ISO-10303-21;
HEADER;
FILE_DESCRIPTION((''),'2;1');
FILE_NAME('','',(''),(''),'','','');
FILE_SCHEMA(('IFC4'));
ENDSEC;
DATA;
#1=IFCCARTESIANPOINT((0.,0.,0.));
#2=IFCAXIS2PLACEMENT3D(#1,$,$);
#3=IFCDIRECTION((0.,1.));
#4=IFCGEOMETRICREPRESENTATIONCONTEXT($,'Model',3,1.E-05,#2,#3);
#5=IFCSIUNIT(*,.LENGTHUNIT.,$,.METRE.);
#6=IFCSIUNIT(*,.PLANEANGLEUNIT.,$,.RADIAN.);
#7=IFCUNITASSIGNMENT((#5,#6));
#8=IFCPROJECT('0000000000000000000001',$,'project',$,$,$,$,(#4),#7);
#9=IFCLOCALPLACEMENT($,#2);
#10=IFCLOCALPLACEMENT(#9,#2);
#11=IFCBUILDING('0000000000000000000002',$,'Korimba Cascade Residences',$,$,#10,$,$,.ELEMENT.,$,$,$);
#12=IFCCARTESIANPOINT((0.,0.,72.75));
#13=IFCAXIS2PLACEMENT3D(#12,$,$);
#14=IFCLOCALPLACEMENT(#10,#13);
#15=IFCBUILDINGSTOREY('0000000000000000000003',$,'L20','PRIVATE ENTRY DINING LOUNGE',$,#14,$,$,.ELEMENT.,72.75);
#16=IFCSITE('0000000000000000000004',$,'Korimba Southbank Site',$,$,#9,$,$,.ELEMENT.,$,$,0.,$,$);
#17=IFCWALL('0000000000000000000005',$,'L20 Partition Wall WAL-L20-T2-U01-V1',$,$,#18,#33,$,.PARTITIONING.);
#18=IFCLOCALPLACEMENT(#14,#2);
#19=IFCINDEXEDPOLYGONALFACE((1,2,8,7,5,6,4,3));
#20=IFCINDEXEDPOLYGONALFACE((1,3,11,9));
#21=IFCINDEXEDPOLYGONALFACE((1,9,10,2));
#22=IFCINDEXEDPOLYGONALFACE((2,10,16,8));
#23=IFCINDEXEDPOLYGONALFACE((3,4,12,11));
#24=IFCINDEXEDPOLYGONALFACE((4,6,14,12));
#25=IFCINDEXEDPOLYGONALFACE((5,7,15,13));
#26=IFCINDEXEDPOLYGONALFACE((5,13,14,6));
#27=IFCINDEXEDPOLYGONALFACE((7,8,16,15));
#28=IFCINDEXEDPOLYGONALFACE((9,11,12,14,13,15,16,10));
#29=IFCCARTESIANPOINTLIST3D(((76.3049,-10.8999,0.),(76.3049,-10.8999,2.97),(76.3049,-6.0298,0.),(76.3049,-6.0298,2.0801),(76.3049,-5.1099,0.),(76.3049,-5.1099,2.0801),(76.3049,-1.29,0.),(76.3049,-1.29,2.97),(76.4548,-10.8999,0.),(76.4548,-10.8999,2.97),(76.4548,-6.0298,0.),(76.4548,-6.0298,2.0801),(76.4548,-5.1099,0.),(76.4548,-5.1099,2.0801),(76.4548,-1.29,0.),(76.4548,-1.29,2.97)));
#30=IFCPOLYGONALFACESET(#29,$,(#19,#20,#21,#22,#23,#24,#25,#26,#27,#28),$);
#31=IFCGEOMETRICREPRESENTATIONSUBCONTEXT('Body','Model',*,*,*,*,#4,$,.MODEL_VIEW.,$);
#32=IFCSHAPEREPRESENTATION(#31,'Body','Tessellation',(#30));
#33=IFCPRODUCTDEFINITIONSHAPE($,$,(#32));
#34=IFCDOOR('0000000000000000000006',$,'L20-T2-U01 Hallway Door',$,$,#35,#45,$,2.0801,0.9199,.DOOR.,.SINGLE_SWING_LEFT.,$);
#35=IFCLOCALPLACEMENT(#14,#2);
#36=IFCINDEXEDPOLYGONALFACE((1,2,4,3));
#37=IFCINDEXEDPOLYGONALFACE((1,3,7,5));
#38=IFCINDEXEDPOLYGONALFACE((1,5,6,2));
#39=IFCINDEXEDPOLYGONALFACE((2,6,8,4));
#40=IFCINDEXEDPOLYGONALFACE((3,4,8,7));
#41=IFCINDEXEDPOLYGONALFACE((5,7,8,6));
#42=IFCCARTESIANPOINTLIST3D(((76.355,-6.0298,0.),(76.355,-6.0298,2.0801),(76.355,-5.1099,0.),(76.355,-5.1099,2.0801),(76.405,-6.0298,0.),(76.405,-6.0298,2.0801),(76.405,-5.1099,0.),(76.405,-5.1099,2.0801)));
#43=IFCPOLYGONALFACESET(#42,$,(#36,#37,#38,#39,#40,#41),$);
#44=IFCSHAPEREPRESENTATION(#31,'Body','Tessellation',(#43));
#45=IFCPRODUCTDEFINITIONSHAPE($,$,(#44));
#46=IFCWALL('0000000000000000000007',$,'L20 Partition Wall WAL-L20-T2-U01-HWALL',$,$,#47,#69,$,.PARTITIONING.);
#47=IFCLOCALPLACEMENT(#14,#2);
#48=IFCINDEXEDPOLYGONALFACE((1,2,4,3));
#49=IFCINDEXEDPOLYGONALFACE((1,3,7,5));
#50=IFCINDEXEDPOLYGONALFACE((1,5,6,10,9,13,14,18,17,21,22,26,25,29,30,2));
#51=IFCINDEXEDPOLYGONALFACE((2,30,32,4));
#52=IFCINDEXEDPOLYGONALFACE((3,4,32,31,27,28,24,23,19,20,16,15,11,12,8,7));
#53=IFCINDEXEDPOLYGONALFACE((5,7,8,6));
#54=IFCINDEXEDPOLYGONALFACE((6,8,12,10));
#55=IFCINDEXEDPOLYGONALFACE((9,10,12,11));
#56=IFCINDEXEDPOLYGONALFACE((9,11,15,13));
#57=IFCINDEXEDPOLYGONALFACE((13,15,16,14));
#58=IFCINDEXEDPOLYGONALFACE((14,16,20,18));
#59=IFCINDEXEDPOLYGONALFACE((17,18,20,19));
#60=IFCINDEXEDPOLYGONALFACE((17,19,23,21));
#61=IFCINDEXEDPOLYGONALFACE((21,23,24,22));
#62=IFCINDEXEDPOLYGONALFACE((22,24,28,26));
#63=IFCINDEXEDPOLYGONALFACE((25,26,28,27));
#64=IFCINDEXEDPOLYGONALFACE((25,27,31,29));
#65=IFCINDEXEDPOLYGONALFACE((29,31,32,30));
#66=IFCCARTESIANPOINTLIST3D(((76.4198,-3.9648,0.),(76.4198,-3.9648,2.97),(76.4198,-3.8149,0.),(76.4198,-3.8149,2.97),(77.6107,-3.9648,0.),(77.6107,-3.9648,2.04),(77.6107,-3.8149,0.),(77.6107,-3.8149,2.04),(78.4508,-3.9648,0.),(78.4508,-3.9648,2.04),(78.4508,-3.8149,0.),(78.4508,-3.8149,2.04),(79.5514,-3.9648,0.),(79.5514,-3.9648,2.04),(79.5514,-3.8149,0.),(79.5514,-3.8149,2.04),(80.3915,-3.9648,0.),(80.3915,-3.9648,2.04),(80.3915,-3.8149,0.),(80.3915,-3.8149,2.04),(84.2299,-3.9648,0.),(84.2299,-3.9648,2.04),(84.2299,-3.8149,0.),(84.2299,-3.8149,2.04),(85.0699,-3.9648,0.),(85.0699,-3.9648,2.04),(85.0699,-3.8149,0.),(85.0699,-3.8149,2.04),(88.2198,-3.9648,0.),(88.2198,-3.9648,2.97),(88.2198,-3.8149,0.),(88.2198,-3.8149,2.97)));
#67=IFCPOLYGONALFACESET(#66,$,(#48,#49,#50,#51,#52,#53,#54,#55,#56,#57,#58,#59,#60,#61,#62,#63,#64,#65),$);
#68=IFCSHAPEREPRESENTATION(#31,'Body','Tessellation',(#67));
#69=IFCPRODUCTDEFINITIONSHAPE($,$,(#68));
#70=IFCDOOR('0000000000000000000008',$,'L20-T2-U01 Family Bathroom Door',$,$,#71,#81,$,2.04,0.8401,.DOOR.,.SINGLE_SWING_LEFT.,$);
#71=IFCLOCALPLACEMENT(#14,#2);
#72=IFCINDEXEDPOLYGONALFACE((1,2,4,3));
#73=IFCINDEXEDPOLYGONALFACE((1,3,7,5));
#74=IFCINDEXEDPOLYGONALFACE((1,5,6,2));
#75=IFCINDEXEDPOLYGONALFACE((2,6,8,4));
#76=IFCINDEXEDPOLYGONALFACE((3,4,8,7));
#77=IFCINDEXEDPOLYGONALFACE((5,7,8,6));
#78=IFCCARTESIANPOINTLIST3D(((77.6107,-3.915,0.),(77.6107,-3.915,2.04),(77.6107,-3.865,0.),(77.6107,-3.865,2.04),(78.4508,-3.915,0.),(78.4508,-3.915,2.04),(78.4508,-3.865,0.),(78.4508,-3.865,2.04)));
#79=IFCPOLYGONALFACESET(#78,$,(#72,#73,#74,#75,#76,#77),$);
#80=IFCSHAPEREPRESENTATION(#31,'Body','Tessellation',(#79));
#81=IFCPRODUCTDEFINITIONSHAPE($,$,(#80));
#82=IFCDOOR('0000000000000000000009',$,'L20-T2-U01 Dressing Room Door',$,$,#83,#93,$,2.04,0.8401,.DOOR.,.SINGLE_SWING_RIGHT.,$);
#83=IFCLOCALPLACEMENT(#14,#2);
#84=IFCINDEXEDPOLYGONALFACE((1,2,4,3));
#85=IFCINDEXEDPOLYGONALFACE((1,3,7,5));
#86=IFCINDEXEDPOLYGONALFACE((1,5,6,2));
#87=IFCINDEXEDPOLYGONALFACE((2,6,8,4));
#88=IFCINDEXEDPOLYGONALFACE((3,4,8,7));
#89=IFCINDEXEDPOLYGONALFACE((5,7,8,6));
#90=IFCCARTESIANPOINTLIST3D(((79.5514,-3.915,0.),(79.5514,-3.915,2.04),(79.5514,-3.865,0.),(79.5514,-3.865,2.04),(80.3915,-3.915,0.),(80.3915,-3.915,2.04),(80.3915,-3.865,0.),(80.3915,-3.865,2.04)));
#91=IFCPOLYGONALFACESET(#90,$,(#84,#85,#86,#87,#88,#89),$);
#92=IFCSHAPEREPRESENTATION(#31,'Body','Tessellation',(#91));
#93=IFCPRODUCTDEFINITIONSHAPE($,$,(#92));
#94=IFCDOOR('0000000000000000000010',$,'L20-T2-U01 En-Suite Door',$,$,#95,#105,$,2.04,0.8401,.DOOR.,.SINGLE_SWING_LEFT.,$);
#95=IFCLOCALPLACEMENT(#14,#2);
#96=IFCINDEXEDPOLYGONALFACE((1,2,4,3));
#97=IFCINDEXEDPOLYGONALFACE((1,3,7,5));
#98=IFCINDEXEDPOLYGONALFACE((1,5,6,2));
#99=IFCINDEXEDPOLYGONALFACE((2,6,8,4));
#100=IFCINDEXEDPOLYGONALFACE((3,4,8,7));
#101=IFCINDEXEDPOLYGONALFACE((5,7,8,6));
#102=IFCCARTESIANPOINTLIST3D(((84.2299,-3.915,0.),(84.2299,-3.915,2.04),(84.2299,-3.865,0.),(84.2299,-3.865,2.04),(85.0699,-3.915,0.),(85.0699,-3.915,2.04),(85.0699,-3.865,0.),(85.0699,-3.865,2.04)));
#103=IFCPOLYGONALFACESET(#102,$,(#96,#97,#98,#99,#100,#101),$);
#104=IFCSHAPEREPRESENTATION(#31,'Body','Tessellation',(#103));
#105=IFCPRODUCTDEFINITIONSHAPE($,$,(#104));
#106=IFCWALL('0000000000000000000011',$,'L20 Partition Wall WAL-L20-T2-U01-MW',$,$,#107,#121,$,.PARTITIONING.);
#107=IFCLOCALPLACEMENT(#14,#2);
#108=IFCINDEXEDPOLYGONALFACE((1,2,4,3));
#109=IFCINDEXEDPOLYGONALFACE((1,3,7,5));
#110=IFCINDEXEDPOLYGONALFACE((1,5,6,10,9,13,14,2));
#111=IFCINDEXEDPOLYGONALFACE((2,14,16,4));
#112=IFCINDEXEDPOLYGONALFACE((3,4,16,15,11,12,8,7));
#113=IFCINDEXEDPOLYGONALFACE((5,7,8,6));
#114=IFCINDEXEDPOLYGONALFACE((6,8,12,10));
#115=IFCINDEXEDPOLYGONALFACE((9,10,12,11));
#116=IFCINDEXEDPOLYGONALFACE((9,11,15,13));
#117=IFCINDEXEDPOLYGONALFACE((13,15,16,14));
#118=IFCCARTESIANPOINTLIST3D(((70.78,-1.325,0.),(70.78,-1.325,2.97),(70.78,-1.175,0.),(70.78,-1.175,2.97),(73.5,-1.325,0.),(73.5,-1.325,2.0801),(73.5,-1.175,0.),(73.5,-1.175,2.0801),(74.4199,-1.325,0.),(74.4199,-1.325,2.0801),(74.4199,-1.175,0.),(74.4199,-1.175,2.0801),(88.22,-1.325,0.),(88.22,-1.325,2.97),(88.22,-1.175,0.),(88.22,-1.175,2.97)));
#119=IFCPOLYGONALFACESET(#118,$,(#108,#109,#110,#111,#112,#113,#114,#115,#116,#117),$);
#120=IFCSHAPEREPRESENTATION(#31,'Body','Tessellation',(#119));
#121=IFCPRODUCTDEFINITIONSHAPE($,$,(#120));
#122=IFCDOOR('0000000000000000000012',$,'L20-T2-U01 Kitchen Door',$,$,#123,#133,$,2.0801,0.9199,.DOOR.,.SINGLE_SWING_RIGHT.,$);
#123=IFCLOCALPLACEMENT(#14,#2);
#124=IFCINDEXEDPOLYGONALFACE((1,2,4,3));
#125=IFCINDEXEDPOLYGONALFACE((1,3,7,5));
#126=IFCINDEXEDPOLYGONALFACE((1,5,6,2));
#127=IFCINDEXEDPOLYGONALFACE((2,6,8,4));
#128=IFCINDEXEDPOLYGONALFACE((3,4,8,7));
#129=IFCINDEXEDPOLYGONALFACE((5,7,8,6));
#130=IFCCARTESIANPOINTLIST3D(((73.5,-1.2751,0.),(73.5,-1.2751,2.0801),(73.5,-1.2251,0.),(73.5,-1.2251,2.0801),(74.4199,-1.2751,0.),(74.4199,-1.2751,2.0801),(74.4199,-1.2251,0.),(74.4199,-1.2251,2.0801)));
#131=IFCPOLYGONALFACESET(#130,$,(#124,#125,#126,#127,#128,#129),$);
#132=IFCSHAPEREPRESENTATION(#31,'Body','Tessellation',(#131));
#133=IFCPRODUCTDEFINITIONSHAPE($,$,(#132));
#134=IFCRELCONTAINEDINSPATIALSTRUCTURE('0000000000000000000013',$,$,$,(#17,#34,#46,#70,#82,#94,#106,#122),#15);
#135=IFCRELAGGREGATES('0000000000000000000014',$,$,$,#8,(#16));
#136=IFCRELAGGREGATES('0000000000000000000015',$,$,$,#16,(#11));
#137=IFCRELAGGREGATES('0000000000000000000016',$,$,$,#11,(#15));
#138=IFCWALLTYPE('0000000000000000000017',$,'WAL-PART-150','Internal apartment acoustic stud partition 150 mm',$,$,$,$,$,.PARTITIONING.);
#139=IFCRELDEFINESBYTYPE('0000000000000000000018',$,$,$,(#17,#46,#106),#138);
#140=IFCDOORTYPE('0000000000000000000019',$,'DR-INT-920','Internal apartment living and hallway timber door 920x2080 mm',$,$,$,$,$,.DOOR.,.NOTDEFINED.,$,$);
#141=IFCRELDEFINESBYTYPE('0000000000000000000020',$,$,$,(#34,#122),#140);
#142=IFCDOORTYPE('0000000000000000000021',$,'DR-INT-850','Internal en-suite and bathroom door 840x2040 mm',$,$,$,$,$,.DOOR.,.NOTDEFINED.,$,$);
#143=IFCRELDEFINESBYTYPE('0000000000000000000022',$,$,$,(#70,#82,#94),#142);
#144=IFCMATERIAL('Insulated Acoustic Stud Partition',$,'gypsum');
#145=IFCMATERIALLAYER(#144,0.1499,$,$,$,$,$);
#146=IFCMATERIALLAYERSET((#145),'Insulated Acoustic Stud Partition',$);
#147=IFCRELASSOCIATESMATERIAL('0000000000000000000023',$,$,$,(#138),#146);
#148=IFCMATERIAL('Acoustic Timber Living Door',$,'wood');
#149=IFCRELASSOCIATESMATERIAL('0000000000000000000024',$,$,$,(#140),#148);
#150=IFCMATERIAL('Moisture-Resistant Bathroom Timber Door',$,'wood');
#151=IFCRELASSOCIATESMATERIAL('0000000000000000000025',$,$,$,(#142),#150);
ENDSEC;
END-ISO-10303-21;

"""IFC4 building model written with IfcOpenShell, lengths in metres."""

from ifc_helpers import new_model, si_unit, direction, frame, frame_2d, origin, place, context, subcontext, project, spatial, rectangle, extrude, material, layer, layer_set, type_object, element, fill, save


model = new_model("IFC4")

# Units and contexts
model_context = context("Model", 3, precision=1e-05, world=origin(), true_north=direction((0.0, 1.0)))
body_context = subcontext(model_context, "Body", "Model", "MODEL_VIEW")
ifc_project = project(units=[si_unit("LENGTHUNIT", "METRE"), si_unit("PLANEANGLEUNIT", "RADIAN")], contexts=[model_context])

# Site, building, storey
site_placement = place(None, origin())
site = spatial("IfcSite", under=ifc_project, at=site_placement, Name="Korimba Southbank Site", CompositionType="ELEMENT", RefElevation=0.0)
building_placement = place(site_placement, origin())
building = spatial("IfcBuilding", under=site, at=building_placement, Name="Korimba Cascade Residences", CompositionType="ELEMENT")
storey_placement = place(building_placement, frame((0.0, 0.0, 72.75)))
storey = spatial("IfcBuildingStorey", under=building, at=storey_placement, Name="L20", Description="PRIVATE ENTRY DINING LOUNGE", CompositionType="ELEMENT", Elevation=72.75)

# Shared definitions
ifc_material_1 = material(Name="Insulated Acoustic Stud Partition", Category="gypsum")
ifc_layer_1 = layer(ifc_material_1, 0.1499)
ifc_layer_set_1 = layer_set([ifc_layer_1], Name="Insulated Acoustic Stud Partition")
wall_type_1 = type_object("IfcWallType", Name="WAL-PART-150", Description="Internal apartment acoustic stud partition 150 mm", PredefinedType="PARTITIONING", material=ifc_layer_set_1)

# Wall, opening, door
wall_1_placement = place(storey_placement, frame((76.3799, -10.8999, 0.0), z_axis=(0.0, 0.0, 1.0), x_axis=(0.0, 1.0, 0.0)))
wall_1 = element("IfcWall", 1, at=wall_1_placement, inside=storey, type_object=wall_type_1, Name="L20 Partition Wall WAL-L20-T2-U01-V1", PredefinedType="PARTITIONING", context=body_context, shape_type="SweptSolid", body=[
    extrude(rectangle(XDim=9.6099, YDim=0.1499, at=frame_2d((4.8049, 0.0))), origin(), (0.0, 0.0, 1.0), 2.97),
])
opening_1_placement = place(wall_1_placement, frame((4.8701, 0.0, 0.0)))
opening_1 = element("IfcOpeningElement", 2, at=opening_1_placement, cuts=wall_1, PredefinedType="OPENING", context=body_context, shape_type="SweptSolid", body=[
    extrude(rectangle(XDim=0.9199, YDim=2.0801, at=frame_2d((0.46, 1.04))), frame((0.0, 0.085, 0.0), z_axis=(0.0, -1.0, 0.0), x_axis=(1.0, 0.0, 0.0)), (0.0, 0.0, 1.0), 0.1699),
])
ifc_material_2 = material(Name="Acoustic Timber Living Door", Category="wood")
door_type_1 = type_object("IfcDoorType", Name="DR-INT-920", Description="Internal apartment living and hallway timber door 920x2080 mm", OperationType="NOTDEFINED", PredefinedType="DOOR", material=ifc_material_2)
door_1_placement = place(opening_1_placement, origin())
door_1 = element("IfcDoor", 3, at=door_1_placement, inside=storey, type_object=door_type_1, Name="L20-T2-U01 Hallway Door", OperationType="SINGLE_SWING_LEFT", OverallHeight=2.0801, OverallWidth=0.9199, PredefinedType="DOOR", context=body_context, shape_type="SweptSolid", body=[
    extrude(rectangle(XDim=0.9199, YDim=2.0801, at=frame_2d((0.46, 1.04))), frame((0.0, 0.0249, 0.0), z_axis=(0.0, -1.0, 0.0), x_axis=(1.0, 0.0, 0.0)), (0.0, 0.0, 1.0), 0.05),
])
fill(opening_1, door_1)

# Wall, openings, doors
wall_2_placement = place(storey_placement, frame((76.4199, -3.8899, 0.0), z_axis=(0.0, 0.0, 1.0), x_axis=(1.0, 0.0, 0.0)))
wall_2 = element("IfcWall", 4, at=wall_2_placement, inside=storey, type_object=wall_type_1, Name="L20 Partition Wall WAL-L20-T2-U01-HWALL", PredefinedType="PARTITIONING", context=body_context, shape_type="SweptSolid", body=[
    extrude(rectangle(XDim=11.8, YDim=0.1499, at=frame_2d((5.8999, 0.0))), origin(), (0.0, 0.0, 1.0), 2.97),
])
opening_2_placement = place(wall_2_placement, frame((1.1909, 0.0, 0.0)))
opening_2 = element("IfcOpeningElement", 5, at=opening_2_placement, cuts=wall_2, PredefinedType="OPENING", context=body_context, shape_type="SweptSolid", body=[
    extrude(rectangle(XDim=0.8401, YDim=2.04, at=frame_2d((0.4199, 1.02))), frame((0.0, 0.085, 0.0), z_axis=(0.0, -1.0, 0.0), x_axis=(1.0, 0.0, 0.0)), (0.0, 0.0, 1.0), 0.1699),
])
opening_3_placement = place(wall_2_placement, frame((3.1316, 0.0, 0.0)))
opening_3 = element("IfcOpeningElement", 6, at=opening_3_placement, cuts=wall_2, PredefinedType="OPENING", context=body_context, shape_type="SweptSolid", body=[
    extrude(rectangle(XDim=0.8401, YDim=2.04, at=frame_2d((0.4199, 1.02))), frame((0.0, 0.085, 0.0), z_axis=(0.0, -1.0, 0.0), x_axis=(1.0, 0.0, 0.0)), (0.0, 0.0, 1.0), 0.1699),
])
opening_4_placement = place(wall_2_placement, frame((7.8101, 0.0, 0.0)))
opening_4 = element("IfcOpeningElement", 7, at=opening_4_placement, cuts=wall_2, PredefinedType="OPENING", context=body_context, shape_type="SweptSolid", body=[
    extrude(rectangle(XDim=0.8401, YDim=2.04, at=frame_2d((0.4199, 1.02))), frame((0.0, 0.085, 0.0), z_axis=(0.0, -1.0, 0.0), x_axis=(1.0, 0.0, 0.0)), (0.0, 0.0, 1.0), 0.1699),
])
ifc_material_3 = material(Name="Moisture-Resistant Bathroom Timber Door", Category="wood")
door_type_2 = type_object("IfcDoorType", Name="DR-INT-850", Description="Internal en-suite and bathroom door 840x2040 mm", OperationType="NOTDEFINED", PredefinedType="DOOR", material=ifc_material_3)
door_2_placement = place(opening_2_placement, origin())
door_2 = element("IfcDoor", 8, at=door_2_placement, inside=storey, type_object=door_type_2, Name="L20-T2-U01 Family Bathroom Door", OperationType="SINGLE_SWING_LEFT", OverallHeight=2.04, OverallWidth=0.8401, PredefinedType="DOOR", context=body_context, shape_type="SweptSolid", body=[
    extrude(rectangle(XDim=0.8401, YDim=2.04, at=frame_2d((0.4199, 1.02))), frame((0.0, 0.0249, 0.0), z_axis=(0.0, -1.0, 0.0), x_axis=(1.0, 0.0, 0.0)), (0.0, 0.0, 1.0), 0.05),
])
fill(opening_2, door_2)
door_3_placement = place(opening_3_placement, origin())
door_3 = element("IfcDoor", 9, at=door_3_placement, inside=storey, type_object=door_type_2, Name="L20-T2-U01 Dressing Room Door", OperationType="SINGLE_SWING_RIGHT", OverallHeight=2.04, OverallWidth=0.8401, PredefinedType="DOOR", context=body_context, shape_type="SweptSolid", body=[
    extrude(rectangle(XDim=0.8401, YDim=2.04, at=frame_2d((0.4199, 1.02))), frame((0.0, 0.0249, 0.0), z_axis=(0.0, -1.0, 0.0), x_axis=(1.0, 0.0, 0.0)), (0.0, 0.0, 1.0), 0.05),
])
fill(opening_3, door_3)
door_4_placement = place(opening_4_placement, origin())
door_4 = element("IfcDoor", 10, at=door_4_placement, inside=storey, type_object=door_type_2, Name="L20-T2-U01 En-Suite Door", OperationType="SINGLE_SWING_LEFT", OverallHeight=2.04, OverallWidth=0.8401, PredefinedType="DOOR", context=body_context, shape_type="SweptSolid", body=[
    extrude(rectangle(XDim=0.8401, YDim=2.04, at=frame_2d((0.4199, 1.02))), frame((0.0, 0.0249, 0.0), z_axis=(0.0, -1.0, 0.0), x_axis=(1.0, 0.0, 0.0)), (0.0, 0.0, 1.0), 0.05),
])
fill(opening_4, door_4)

# Wall, opening, door
wall_3_placement = place(storey_placement, frame((70.78, -1.25, 0.0), z_axis=(0.0, 0.0, 1.0), x_axis=(1.0, 0.0, 0.0)))
wall_3 = element("IfcWall", 11, at=wall_3_placement, inside=storey, type_object=wall_type_1, Name="L20 Partition Wall WAL-L20-T2-U01-MW", PredefinedType="PARTITIONING", context=body_context, shape_type="SweptSolid", body=[
    extrude(rectangle(XDim=17.4399, YDim=0.1499, at=frame_2d((8.72, 0.0))), origin(), (0.0, 0.0, 1.0), 2.97),
])
opening_5_placement = place(wall_3_placement, frame((2.72, 0.0, 0.0)))
opening_5 = element("IfcOpeningElement", 12, at=opening_5_placement, cuts=wall_3, PredefinedType="OPENING", context=body_context, shape_type="SweptSolid", body=[
    extrude(rectangle(XDim=0.9199, YDim=2.0801, at=frame_2d((0.46, 1.04))), frame((0.0, 0.085, 0.0), z_axis=(0.0, -1.0, 0.0), x_axis=(1.0, 0.0, 0.0)), (0.0, 0.0, 1.0), 0.1699),
])
door_5_placement = place(opening_5_placement, origin())
door_5 = element("IfcDoor", 13, at=door_5_placement, inside=storey, type_object=door_type_1, Name="L20-T2-U01 Kitchen Door", OperationType="SINGLE_SWING_RIGHT", OverallHeight=2.0801, OverallWidth=0.9199, PredefinedType="DOOR", context=body_context, shape_type="SweptSolid", body=[
    extrude(rectangle(XDim=0.9199, YDim=2.0801, at=frame_2d((0.46, 1.04))), frame((0.0, 0.0249, 0.0), z_axis=(0.0, -1.0, 0.0), x_axis=(1.0, 0.0, 0.0)), (0.0, 0.0, 1.0), 0.05),
])
fill(opening_5, door_5)

save(model, "model.ifc")
